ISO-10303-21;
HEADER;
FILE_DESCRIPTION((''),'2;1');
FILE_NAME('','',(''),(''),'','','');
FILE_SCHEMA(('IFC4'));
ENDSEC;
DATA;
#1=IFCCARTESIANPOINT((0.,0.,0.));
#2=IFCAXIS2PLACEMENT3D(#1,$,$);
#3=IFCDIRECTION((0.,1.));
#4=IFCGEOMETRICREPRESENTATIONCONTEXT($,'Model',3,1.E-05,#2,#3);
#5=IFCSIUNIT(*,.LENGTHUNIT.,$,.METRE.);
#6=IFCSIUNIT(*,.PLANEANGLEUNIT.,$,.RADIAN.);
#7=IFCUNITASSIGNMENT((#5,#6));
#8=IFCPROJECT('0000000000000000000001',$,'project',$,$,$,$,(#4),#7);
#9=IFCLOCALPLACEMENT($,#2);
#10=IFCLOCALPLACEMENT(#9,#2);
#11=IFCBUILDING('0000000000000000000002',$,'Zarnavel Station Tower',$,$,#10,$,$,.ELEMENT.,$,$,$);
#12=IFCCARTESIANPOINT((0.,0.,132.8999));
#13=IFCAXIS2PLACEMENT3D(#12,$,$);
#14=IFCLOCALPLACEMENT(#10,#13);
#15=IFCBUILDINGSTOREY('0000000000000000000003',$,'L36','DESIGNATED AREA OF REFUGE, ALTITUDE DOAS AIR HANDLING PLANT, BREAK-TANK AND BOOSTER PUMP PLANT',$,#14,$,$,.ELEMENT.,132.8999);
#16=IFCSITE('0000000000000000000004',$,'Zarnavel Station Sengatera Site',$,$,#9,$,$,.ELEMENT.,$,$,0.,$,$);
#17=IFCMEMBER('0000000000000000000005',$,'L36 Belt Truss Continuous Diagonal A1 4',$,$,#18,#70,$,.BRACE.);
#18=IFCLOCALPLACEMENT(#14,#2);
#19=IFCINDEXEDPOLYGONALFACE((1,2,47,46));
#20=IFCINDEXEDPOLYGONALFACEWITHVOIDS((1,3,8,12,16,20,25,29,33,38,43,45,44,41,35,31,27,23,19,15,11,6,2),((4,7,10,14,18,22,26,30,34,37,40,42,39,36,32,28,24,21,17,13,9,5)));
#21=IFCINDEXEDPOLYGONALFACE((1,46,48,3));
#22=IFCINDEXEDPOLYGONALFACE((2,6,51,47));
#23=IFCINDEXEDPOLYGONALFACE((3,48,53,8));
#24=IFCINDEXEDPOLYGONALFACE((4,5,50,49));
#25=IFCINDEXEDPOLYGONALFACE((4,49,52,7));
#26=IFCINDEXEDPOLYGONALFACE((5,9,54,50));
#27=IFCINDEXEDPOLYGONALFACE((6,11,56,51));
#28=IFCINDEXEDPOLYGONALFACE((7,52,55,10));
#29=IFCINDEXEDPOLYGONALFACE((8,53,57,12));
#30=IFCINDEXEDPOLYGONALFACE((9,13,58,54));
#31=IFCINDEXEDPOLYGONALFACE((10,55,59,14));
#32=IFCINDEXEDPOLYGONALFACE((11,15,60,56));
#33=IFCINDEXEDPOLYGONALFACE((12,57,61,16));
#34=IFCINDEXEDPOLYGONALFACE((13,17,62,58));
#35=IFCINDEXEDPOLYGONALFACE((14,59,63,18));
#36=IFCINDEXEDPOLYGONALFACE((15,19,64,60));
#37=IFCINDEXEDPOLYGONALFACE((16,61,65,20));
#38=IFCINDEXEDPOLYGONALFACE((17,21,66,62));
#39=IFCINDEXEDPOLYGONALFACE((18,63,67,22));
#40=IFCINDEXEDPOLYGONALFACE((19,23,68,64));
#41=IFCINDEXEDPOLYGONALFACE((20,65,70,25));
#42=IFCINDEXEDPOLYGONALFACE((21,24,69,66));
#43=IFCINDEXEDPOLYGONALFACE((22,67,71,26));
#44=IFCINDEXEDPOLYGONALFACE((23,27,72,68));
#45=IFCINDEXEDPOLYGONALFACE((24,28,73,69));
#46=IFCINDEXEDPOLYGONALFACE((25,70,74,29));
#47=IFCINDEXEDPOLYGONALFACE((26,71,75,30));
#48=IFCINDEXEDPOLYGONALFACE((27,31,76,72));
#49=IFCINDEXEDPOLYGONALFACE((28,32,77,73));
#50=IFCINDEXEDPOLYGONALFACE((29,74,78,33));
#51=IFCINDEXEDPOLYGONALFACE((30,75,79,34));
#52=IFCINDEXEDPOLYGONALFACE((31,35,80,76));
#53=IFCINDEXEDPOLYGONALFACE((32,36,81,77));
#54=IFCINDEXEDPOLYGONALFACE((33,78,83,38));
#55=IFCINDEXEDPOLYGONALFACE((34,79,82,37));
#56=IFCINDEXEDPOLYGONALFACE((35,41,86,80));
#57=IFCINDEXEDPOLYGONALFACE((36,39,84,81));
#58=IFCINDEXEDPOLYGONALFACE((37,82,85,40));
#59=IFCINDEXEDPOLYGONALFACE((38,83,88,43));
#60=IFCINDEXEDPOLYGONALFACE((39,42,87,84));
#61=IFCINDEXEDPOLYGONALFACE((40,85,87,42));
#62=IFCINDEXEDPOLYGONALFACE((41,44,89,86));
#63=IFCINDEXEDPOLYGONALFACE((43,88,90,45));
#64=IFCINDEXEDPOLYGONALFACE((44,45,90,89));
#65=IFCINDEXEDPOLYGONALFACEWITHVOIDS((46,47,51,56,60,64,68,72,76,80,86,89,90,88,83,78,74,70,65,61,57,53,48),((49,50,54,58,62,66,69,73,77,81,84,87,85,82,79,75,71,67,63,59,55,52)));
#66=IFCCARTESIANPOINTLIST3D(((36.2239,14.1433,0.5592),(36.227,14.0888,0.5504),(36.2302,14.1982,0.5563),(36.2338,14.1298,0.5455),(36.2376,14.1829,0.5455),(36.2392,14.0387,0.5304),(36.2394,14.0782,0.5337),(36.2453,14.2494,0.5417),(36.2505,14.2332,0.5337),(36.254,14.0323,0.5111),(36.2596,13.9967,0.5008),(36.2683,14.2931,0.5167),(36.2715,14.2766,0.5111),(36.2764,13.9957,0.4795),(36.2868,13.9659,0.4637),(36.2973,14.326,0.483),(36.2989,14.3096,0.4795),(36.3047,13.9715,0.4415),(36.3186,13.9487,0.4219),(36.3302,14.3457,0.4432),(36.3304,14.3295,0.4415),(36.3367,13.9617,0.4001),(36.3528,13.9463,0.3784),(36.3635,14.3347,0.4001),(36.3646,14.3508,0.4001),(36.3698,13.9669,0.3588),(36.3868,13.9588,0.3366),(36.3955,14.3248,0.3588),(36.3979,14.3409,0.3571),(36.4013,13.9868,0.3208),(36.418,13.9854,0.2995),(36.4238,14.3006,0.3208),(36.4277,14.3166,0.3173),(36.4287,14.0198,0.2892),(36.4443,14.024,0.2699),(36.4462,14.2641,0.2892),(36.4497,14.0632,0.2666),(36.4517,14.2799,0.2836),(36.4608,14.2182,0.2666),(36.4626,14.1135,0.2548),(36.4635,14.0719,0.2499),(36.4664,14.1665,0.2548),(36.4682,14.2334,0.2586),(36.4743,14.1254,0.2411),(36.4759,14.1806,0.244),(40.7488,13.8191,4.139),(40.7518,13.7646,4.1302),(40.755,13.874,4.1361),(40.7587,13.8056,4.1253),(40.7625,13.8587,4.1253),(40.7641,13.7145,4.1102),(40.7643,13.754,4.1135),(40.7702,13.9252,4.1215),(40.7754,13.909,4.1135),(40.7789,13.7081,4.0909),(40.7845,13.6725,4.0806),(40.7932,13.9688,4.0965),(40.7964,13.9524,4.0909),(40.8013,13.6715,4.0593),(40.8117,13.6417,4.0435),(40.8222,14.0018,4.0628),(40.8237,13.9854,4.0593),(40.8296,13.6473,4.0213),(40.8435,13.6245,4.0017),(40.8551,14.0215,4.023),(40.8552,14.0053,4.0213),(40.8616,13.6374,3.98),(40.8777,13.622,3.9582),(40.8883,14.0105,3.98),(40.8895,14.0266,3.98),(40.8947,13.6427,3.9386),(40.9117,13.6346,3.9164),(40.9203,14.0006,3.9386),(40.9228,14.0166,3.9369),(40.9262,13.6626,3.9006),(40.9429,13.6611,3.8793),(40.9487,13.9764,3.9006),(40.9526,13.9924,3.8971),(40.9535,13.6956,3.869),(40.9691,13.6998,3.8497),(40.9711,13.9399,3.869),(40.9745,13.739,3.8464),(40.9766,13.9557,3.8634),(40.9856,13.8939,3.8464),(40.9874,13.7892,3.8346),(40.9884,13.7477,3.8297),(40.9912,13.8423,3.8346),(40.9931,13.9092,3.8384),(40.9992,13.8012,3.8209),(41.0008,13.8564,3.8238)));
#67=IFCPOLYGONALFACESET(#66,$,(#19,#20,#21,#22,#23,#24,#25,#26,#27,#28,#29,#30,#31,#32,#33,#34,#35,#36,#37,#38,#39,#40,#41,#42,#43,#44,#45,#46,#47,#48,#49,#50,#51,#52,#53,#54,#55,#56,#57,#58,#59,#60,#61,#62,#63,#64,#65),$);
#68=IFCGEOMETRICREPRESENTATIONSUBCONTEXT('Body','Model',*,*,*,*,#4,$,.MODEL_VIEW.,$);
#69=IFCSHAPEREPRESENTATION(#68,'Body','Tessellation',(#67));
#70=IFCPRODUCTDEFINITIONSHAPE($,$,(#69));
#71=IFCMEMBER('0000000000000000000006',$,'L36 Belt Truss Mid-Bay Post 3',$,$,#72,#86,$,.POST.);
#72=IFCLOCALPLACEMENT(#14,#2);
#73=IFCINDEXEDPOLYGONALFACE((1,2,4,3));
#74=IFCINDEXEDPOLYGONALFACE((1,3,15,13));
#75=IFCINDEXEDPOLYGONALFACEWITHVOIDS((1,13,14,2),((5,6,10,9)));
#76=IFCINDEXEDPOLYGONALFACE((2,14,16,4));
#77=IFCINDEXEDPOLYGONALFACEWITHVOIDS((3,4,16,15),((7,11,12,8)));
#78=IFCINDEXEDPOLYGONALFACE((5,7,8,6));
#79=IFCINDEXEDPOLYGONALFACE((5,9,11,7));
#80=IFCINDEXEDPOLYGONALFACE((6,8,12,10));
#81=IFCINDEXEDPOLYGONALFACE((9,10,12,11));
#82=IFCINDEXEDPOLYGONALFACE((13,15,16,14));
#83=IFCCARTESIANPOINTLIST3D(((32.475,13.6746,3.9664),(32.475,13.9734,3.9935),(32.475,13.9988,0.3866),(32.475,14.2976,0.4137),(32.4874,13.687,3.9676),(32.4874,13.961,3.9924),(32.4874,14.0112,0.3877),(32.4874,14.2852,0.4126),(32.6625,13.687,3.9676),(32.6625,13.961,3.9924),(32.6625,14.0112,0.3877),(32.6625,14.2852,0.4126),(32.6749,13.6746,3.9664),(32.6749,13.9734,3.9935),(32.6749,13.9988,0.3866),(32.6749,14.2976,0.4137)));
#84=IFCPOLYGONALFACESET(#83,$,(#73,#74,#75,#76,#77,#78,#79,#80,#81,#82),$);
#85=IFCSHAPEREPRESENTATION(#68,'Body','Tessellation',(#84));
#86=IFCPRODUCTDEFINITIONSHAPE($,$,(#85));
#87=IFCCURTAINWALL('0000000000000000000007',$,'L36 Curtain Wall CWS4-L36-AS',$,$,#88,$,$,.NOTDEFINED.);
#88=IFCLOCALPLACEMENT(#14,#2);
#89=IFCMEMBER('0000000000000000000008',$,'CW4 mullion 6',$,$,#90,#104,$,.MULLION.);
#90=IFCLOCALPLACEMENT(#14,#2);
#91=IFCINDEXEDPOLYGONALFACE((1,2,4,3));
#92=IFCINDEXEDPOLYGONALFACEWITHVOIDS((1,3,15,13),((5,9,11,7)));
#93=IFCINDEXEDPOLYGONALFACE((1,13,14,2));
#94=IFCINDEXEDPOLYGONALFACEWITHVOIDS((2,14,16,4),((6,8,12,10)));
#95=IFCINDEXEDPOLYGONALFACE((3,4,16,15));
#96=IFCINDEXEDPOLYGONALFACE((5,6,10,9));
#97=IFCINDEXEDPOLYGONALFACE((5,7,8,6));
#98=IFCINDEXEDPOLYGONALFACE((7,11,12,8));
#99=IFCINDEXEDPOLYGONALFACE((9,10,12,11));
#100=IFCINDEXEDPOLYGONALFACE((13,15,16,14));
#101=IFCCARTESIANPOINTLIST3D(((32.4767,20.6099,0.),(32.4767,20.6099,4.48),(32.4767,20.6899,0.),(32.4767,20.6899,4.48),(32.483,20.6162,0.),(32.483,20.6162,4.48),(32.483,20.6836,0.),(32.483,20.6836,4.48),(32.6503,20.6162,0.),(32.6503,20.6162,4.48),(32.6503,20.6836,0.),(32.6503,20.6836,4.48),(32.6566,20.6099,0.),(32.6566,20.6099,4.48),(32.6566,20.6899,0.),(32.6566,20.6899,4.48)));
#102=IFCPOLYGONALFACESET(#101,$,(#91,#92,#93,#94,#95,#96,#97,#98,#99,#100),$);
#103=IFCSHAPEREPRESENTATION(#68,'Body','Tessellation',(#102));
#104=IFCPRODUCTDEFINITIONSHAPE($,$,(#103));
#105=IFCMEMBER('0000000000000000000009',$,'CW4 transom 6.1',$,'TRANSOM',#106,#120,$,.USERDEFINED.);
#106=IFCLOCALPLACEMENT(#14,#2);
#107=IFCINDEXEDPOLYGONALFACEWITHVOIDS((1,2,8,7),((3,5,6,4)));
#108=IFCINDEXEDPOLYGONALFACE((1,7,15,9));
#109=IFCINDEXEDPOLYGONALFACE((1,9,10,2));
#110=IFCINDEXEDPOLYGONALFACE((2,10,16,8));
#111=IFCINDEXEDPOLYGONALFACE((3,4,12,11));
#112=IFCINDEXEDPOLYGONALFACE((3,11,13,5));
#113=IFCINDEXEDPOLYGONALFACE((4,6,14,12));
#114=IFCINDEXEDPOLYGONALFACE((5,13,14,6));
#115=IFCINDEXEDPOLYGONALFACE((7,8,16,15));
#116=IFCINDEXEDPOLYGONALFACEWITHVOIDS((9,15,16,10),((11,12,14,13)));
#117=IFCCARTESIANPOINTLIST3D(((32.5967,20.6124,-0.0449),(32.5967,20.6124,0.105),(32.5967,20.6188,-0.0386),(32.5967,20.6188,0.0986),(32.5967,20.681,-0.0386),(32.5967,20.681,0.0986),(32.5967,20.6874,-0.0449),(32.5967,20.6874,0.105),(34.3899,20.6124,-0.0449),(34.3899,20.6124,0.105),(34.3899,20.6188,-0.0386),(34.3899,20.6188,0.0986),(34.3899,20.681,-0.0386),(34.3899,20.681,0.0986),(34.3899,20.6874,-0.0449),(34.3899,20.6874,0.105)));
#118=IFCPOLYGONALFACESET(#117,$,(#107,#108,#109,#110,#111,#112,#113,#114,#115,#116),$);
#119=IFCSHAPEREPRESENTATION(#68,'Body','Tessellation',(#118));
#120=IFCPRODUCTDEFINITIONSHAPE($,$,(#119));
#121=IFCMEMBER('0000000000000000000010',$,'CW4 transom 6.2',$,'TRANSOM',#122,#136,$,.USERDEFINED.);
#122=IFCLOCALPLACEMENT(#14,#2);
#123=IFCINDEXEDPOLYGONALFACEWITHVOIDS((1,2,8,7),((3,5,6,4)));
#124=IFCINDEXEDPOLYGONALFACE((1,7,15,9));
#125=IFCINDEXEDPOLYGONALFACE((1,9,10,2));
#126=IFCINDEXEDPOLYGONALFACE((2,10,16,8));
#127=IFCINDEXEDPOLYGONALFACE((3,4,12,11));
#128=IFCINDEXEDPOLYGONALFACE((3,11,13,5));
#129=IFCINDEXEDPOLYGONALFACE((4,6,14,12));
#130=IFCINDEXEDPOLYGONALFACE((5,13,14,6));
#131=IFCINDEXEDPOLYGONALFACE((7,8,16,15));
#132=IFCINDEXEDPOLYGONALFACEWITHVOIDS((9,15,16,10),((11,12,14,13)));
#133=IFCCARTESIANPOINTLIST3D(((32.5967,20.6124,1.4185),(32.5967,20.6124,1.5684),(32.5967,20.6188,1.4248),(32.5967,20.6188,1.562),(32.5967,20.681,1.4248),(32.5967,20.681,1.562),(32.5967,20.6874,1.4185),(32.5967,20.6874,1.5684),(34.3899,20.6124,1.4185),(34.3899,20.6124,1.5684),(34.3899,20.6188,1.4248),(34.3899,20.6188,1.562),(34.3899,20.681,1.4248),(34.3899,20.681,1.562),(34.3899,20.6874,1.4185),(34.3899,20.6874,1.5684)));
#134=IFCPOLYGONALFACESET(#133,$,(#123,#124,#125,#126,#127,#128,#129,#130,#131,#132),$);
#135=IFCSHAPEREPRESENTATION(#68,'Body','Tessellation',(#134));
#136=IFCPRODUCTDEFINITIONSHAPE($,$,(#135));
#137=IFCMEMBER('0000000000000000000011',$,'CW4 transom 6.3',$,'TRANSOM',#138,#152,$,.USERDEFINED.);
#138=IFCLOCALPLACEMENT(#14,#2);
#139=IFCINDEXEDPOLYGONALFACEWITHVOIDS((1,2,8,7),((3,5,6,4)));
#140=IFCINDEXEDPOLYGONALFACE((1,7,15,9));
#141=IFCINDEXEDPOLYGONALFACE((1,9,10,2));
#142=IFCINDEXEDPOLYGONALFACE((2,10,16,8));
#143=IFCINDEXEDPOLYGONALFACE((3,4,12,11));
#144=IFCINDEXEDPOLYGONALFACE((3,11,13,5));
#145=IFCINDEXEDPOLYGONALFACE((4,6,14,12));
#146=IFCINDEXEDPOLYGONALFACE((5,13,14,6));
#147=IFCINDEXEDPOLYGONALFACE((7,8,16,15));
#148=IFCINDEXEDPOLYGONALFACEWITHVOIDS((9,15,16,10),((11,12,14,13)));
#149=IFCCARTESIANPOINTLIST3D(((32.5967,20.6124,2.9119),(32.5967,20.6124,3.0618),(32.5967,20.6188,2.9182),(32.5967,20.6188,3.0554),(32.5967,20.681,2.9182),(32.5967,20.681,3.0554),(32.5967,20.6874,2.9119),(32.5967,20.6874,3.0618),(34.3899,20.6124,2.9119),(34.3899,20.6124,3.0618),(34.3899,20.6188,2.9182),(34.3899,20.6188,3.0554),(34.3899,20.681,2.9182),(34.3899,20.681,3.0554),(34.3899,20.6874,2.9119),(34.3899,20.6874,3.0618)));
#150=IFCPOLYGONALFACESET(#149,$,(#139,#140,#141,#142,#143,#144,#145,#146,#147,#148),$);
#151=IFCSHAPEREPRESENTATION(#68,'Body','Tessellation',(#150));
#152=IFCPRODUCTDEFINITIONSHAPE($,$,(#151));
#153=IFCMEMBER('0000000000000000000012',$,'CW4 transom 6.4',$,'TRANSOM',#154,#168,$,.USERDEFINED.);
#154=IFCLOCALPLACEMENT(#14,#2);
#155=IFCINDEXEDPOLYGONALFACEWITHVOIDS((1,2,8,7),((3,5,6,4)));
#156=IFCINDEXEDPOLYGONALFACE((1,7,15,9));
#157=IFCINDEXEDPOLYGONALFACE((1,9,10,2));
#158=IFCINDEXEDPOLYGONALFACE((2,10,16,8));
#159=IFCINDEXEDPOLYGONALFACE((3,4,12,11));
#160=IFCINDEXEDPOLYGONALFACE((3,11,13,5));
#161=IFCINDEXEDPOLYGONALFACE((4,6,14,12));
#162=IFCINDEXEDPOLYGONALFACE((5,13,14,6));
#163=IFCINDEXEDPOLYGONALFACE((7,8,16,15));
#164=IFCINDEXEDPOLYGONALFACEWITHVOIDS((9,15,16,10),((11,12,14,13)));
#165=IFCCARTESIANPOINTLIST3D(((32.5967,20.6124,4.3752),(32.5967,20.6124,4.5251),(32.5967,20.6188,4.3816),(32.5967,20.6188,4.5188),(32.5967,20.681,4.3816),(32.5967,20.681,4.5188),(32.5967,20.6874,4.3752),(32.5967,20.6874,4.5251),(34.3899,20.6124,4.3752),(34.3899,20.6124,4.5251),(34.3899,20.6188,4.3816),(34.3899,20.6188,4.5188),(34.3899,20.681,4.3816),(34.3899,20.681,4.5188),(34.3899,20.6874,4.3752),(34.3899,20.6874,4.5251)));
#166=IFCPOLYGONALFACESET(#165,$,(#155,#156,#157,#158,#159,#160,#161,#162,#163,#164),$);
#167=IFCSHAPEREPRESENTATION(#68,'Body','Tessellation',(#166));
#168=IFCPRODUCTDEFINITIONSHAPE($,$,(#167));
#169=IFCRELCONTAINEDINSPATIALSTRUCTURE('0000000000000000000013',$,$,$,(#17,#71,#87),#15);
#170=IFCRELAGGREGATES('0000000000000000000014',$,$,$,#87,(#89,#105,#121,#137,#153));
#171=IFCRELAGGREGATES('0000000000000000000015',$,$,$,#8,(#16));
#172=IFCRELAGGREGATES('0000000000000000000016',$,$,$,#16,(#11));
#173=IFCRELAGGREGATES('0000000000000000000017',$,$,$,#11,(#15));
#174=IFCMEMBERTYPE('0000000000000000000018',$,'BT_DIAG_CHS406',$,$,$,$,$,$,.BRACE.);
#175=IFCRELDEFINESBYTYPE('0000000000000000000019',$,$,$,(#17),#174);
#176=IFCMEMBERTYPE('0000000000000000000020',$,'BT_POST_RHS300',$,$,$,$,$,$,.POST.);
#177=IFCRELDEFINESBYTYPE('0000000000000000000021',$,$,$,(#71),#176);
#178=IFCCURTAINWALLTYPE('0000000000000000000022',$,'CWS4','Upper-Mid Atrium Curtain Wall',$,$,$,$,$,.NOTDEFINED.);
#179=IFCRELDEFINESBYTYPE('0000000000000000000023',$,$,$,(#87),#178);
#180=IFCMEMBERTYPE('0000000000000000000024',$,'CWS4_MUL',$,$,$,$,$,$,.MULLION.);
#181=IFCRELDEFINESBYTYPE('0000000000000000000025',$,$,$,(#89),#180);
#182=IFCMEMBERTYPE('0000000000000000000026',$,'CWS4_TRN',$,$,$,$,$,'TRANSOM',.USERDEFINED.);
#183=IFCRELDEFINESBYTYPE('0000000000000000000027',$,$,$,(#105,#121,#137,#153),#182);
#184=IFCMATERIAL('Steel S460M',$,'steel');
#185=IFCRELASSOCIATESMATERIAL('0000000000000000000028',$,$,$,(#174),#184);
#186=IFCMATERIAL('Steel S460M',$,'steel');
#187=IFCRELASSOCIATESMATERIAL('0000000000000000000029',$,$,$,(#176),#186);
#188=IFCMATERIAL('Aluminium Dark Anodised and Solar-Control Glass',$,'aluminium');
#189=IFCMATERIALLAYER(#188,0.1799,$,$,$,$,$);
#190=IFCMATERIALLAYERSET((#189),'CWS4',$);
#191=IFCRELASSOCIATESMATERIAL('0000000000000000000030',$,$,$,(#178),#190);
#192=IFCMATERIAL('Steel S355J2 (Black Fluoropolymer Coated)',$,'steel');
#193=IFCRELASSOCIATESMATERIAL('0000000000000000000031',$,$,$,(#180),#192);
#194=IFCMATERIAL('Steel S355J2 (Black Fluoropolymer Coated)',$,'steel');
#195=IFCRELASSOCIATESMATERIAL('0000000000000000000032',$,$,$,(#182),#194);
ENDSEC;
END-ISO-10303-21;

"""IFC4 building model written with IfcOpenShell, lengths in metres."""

from ifc_helpers import new_model, si_unit, direction, frame, origin, origin_2d, place, context, subcontext, project, spatial, hollow_rectangle, hollow_circle, extrude, material, layer, layer_set, material_profile, profile_set, type_object, element, aggregate, save


model = new_model("IFC4")

# Units and contexts
model_context = context("Model", 3, precision=1e-05, world=origin(), true_north=direction((0.0, 1.0)))
body_context = subcontext(model_context, "Body", "Model", "MODEL_VIEW")
ifc_project = project(units=[si_unit("LENGTHUNIT", "METRE"), si_unit("PLANEANGLEUNIT", "RADIAN")], contexts=[model_context])

# Site, building, storey
site_placement = place(None, origin())
site = spatial("IfcSite", under=ifc_project, at=site_placement, Name="Zarnavel Station Sengatera Site", CompositionType="ELEMENT", RefElevation=0.0)
building_placement = place(site_placement, origin())
building = spatial("IfcBuilding", under=site, at=building_placement, Name="Zarnavel Station Tower", CompositionType="ELEMENT")
storey_placement = place(building_placement, frame((0.0, 0.0, 132.8999)))
storey = spatial("IfcBuildingStorey", under=building, at=storey_placement, Name="L36", Description="DESIGNATED AREA OF REFUGE, ALTITUDE DOAS AIR HANDLING PLANT, BREAK-TANK AND BOOSTER PUMP PLANT", CompositionType="ELEMENT", Elevation=132.8999)

# Members
ifc_material_1 = material(Name="Steel S460M", Category="steel")
ifc_material_profile_1 = material_profile(ifc_material_1, hollow_circle(Radius=0.2031, WallThickness=0.0161, at=origin_2d()), Name="CHS406.4x16")
ifc_profile_set_1 = profile_set([ifc_material_profile_1], Name="Steel S460M")
member_type_1 = type_object("IfcMemberType", Name="BT_DIAG_CHS406", PredefinedType="BRACE", material=ifc_profile_set_1)
member_1_placement = place(storey_placement, frame((36.3501, 14.1482, 0.4001), z_axis=(0.783011, -0.056104, 0.619472), x_axis=(0.071469, 0.997443, 0.0)))
element("IfcMember", 1, at=member_1_placement, inside=storey, type_object=member_type_1, Name="L36 Belt Truss Continuous Diagonal A1 4", PredefinedType="BRACE", context=body_context, shape_type="SweptSolid", body=[
    extrude(hollow_circle(Radius=0.2031, WallThickness=0.0161, at=origin_2d()), origin(), (0.0, 0.0, 1.0), 5.7788),
])
ifc_material_2 = material(Name="Steel S460M", Category="steel")
ifc_material_profile_2 = material_profile(ifc_material_2, hollow_rectangle(XDim=0.2, YDim=0.3, WallThickness=0.0125, at=origin_2d()), Name="RHS300x200x12.5")
ifc_profile_set_2 = profile_set([ifc_material_profile_2], Name="Steel S460M")
member_type_2 = type_object("IfcMemberType", Name="BT_POST_RHS300", PredefinedType="POST", material=ifc_profile_set_2)
member_2_placement = place(storey_placement, frame((32.575, 14.1482, 0.4001), z_axis=(0.0, -0.090199, 0.995924), x_axis=(1.0, 0.0, 0.0)))
element("IfcMember", 2, at=member_2_placement, inside=storey, type_object=member_type_2, Name="L36 Belt Truss Mid-Bay Post 3", PredefinedType="POST", context=body_context, shape_type="SweptSolid", body=[
    extrude(hollow_rectangle(XDim=0.2, YDim=0.3, WallThickness=0.0125, at=origin_2d()), origin(), (0.0, 0.0, 1.0), 3.5945),
])

# Curtain wall, members
ifc_material_3 = material(Name="Aluminium Dark Anodised and Solar-Control Glass", Category="aluminium")
ifc_layer_1 = layer(ifc_material_3, 0.1799)
ifc_layer_set_1 = layer_set([ifc_layer_1], Name="CWS4")
curtain_wall_type = type_object("IfcCurtainWallType", Name="CWS4", Description="Upper-Mid Atrium Curtain Wall", PredefinedType="NOTDEFINED", material=ifc_layer_set_1)
curtain_wall_placement = place(storey_placement, origin())
curtain_wall = element("IfcCurtainWall", 3, at=curtain_wall_placement, inside=storey, type_object=curtain_wall_type, Name="L36 Curtain Wall CWS4-L36-AS", PredefinedType="NOTDEFINED")
ifc_material_4 = material(Name="Steel S355J2 (Black Fluoropolymer Coated)", Category="steel")
ifc_material_profile_3 = material_profile(ifc_material_4, hollow_rectangle(XDim=0.0801, YDim=0.1799, WallThickness=0.0063, at=origin_2d()), Name="RHS180x80x6.3")
ifc_profile_set_3 = profile_set([ifc_material_profile_3], Name="Steel S355J2 (Black Fluoropolymer Coated)")
member_type_3 = type_object("IfcMemberType", Name="CWS4_MUL", PredefinedType="MULLION", material=ifc_profile_set_3)
member_3_placement = place(storey_placement, frame((32.5667, 20.6499, 0.0), z_axis=(0.0, 0.0, 1.0), x_axis=(0.0, 1.0, 0.0)))
member_3 = element("IfcMember", 4, at=member_3_placement, type_object=member_type_3, Name="CW4 mullion 6", PredefinedType="MULLION", context=body_context, shape_type="SweptSolid", body=[
    extrude(hollow_rectangle(XDim=0.0801, YDim=0.1799, WallThickness=0.0063, at=origin_2d()), origin(), (0.0, 0.0, 1.0), 4.48),
])
ifc_material_5 = material(Name="Steel S355J2 (Black Fluoropolymer Coated)", Category="steel")
ifc_material_profile_4 = material_profile(ifc_material_5, hollow_rectangle(XDim=0.075, YDim=0.1499, WallThickness=0.0063, at=origin_2d()), Name="RHS150x75x6.3")
ifc_profile_set_4 = profile_set([ifc_material_profile_4], Name="Steel S355J2 (Black Fluoropolymer Coated)")
member_type_4 = type_object("IfcMemberType", Name="CWS4_TRN", ElementType="TRANSOM", PredefinedType="USERDEFINED", material=ifc_profile_set_4)
member_4_placement = place(storey_placement, frame((32.5967, 20.6499, 0.03), z_axis=(1.0, 0.0, 0.0), x_axis=(0.0, 1.0, 0.0)))
member_4 = element("IfcMember", 5, at=member_4_placement, type_object=member_type_4, Name="CW4 transom 6.1", ObjectType="TRANSOM", PredefinedType="USERDEFINED", context=body_context, shape_type="SweptSolid", body=[
    extrude(hollow_rectangle(XDim=0.075, YDim=0.1499, WallThickness=0.0063, at=origin_2d()), origin(), (0.0, 0.0, 1.0), 1.7932),
])
member_5_placement = place(storey_placement, frame((32.5967, 20.6499, 1.4934), z_axis=(1.0, 0.0, 0.0), x_axis=(0.0, 1.0, 0.0)))
member_5 = element("IfcMember", 6, at=member_5_placement, type_object=member_type_4, Name="CW4 transom 6.2", ObjectType="TRANSOM", PredefinedType="USERDEFINED", context=body_context, shape_type="SweptSolid", body=[
    extrude(hollow_rectangle(XDim=0.075, YDim=0.1499, WallThickness=0.0063, at=origin_2d()), origin(), (0.0, 0.0, 1.0), 1.7932),
])
member_6_placement = place(storey_placement, frame((32.5967, 20.6499, 2.9868), z_axis=(1.0, 0.0, 0.0), x_axis=(0.0, 1.0, 0.0)))
member_6 = element("IfcMember", 7, at=member_6_placement, type_object=member_type_4, Name="CW4 transom 6.3", ObjectType="TRANSOM", PredefinedType="USERDEFINED", context=body_context, shape_type="SweptSolid", body=[
    extrude(hollow_rectangle(XDim=0.075, YDim=0.1499, WallThickness=0.0063, at=origin_2d()), origin(), (0.0, 0.0, 1.0), 1.7932),
])
member_7_placement = place(storey_placement, frame((32.5967, 20.6499, 4.4502), z_axis=(1.0, 0.0, 0.0), x_axis=(0.0, 1.0, 0.0)))
member_7 = element("IfcMember", 8, at=member_7_placement, type_object=member_type_4, Name="CW4 transom 6.4", ObjectType="TRANSOM", PredefinedType="USERDEFINED", context=body_context, shape_type="SweptSolid", body=[
    extrude(hollow_rectangle(XDim=0.075, YDim=0.1499, WallThickness=0.0063, at=origin_2d()), origin(), (0.0, 0.0, 1.0), 1.7932),
])
aggregate(curtain_wall, [member_3, member_4, member_5, member_6, member_7])

save(model, "model.ifc")
